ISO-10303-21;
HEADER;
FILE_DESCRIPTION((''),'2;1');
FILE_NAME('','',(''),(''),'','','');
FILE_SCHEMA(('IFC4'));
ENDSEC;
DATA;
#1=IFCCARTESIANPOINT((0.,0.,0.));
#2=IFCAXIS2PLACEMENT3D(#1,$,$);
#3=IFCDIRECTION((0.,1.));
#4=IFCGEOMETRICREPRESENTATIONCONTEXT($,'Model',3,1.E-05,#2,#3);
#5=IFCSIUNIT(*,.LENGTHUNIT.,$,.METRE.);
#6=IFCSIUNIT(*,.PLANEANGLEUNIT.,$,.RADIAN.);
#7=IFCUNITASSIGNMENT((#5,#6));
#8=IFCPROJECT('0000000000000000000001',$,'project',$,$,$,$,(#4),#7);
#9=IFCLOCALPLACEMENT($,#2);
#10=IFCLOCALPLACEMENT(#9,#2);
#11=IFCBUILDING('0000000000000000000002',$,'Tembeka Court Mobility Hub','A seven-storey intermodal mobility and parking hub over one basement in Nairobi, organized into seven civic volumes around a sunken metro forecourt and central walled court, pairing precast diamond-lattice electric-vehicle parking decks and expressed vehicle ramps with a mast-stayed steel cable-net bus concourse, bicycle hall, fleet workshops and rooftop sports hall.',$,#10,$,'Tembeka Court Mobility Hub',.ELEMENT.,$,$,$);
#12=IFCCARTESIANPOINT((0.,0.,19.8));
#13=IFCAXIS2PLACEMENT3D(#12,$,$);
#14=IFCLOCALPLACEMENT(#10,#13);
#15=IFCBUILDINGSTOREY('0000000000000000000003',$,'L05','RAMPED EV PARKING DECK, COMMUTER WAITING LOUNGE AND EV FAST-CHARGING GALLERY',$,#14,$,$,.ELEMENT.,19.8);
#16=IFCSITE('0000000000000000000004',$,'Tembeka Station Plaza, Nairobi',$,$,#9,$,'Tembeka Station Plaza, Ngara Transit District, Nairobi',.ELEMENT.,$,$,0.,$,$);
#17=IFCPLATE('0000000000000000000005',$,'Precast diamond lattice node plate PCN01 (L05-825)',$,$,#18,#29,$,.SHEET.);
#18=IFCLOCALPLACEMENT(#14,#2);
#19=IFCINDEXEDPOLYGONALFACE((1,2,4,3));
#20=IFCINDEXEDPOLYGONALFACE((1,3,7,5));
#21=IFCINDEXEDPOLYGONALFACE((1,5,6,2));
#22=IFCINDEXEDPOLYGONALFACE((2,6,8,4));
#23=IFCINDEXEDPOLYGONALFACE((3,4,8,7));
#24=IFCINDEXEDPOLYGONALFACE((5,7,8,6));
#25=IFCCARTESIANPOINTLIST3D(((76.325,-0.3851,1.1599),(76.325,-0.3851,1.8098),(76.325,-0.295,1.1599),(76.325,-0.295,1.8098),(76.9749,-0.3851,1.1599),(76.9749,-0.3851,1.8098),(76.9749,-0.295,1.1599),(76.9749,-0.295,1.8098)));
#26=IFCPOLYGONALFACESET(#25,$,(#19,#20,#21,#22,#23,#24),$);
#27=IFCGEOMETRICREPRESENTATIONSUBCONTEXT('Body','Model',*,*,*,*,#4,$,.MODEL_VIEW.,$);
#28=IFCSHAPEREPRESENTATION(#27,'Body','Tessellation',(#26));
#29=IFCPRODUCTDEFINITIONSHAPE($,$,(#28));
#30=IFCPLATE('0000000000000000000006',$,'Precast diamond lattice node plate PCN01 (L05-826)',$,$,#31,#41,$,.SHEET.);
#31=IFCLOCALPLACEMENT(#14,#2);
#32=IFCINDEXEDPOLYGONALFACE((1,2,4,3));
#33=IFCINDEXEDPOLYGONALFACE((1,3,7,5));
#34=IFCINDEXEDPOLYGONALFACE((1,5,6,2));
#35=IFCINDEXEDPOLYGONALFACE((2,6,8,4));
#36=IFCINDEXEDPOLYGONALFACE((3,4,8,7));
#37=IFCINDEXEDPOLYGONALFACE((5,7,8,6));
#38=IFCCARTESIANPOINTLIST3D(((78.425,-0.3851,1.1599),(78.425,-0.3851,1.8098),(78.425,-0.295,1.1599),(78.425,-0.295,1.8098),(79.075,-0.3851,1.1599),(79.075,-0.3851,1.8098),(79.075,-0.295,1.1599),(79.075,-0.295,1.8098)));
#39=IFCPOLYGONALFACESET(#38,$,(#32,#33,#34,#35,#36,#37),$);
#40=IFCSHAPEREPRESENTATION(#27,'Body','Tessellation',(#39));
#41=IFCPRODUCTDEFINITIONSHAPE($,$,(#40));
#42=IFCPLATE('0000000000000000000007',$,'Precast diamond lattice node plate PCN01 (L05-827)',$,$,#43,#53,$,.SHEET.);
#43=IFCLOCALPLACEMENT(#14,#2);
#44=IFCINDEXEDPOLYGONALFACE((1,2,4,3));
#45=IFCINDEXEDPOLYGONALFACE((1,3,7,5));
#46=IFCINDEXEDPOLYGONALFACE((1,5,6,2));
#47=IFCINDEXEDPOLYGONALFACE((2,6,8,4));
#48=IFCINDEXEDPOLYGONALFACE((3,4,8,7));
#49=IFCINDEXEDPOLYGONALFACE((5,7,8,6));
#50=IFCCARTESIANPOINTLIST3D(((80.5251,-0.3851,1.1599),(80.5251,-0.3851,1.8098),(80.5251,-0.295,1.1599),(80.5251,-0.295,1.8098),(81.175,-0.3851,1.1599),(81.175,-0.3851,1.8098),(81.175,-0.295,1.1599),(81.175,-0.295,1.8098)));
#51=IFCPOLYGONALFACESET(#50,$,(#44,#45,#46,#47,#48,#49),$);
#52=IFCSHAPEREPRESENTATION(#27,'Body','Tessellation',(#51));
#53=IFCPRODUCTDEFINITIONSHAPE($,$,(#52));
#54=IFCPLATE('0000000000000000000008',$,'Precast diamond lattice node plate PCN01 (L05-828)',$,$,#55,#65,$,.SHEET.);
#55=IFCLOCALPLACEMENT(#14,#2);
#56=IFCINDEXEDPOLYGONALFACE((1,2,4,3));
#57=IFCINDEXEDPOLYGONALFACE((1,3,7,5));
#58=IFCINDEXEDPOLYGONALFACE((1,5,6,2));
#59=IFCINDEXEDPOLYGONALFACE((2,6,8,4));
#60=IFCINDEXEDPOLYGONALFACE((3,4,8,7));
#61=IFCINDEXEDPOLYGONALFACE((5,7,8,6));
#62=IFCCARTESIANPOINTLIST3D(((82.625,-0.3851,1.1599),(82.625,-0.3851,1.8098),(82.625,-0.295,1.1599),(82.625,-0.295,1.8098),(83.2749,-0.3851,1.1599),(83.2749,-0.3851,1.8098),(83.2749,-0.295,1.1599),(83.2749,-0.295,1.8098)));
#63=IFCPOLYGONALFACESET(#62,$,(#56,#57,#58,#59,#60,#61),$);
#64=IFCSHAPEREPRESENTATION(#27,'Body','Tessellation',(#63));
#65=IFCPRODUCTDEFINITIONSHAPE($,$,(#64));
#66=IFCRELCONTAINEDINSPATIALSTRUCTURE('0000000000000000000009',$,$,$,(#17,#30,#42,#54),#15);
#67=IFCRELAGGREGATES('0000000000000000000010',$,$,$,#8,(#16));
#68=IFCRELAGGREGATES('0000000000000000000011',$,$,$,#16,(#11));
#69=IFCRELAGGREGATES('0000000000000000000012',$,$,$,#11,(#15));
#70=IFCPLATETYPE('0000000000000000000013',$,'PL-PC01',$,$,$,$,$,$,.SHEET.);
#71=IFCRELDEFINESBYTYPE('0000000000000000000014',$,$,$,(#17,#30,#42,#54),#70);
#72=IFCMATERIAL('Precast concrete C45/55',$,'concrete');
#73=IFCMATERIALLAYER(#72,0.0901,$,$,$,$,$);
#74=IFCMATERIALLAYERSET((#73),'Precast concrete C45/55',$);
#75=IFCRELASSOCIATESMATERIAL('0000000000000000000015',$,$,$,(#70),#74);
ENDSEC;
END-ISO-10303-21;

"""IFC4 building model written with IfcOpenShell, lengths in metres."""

from ifc_helpers import new_model, si_unit, direction, frame, origin, origin_2d, place, context, subcontext, project, spatial, rectangle, extrude, material, layer, layer_set, type_object, element, save


model = new_model("IFC4")

# Units and contexts
model_context = context("Model", 3, precision=1e-05, world=origin(), true_north=direction((0.0, 1.0)))
body_context = subcontext(model_context, "Body", "Model", "MODEL_VIEW")
ifc_project = project(units=[si_unit("LENGTHUNIT", "METRE"), si_unit("PLANEANGLEUNIT", "RADIAN")], contexts=[model_context])

# Site, building, storey
site_placement = place(None, origin())
site = spatial("IfcSite", under=ifc_project, at=site_placement, Name="Tembeka Station Plaza, Nairobi", LongName="Tembeka Station Plaza, Ngara Transit District, Nairobi", CompositionType="ELEMENT", RefElevation=0.0)
building_placement = place(site_placement, origin())
building = spatial("IfcBuilding", under=site, at=building_placement, Name="Tembeka Court Mobility Hub", Description="A seven-storey intermodal mobility and parking hub over one basement in Nairobi, organized into seven civic volumes around a sunken metro forecourt and central walled court, pairing precast diamond-lattice electric-vehicle parking decks and expressed vehicle ramps with a mast-stayed steel cable-net bus concourse, bicycle hall, fleet workshops and rooftop sports hall.", LongName="Tembeka Court Mobility Hub", CompositionType="ELEMENT")
storey_placement = place(building_placement, frame((0.0, 0.0, 19.8)))
storey = spatial("IfcBuildingStorey", under=building, at=storey_placement, Name="L05", Description="RAMPED EV PARKING DECK, COMMUTER WAITING LOUNGE AND EV FAST-CHARGING GALLERY", CompositionType="ELEMENT", Elevation=19.8)

# Shared definitions
ifc_material_1 = material(Name="Precast concrete C45/55", Category="concrete")

# Plates
ifc_layer = layer(ifc_material_1, 0.0901)
ifc_layer_set = layer_set([ifc_layer], Name="Precast concrete C45/55")
plate_type = type_object("IfcPlateType", Name="PL-PC01", PredefinedType="SHEET", material=ifc_layer_set)
for number, where, z_axis, x_axis, name in (
    (1, (76.6499, -0.3401, 1.1599), (0.0, 0.0, 1.0), (1.0, 0.0, 0.0), "Precast diamond lattice node plate PCN01 (L05-825)"),
    (2, (78.75, -0.3401, 1.1599), (0.0, 0.0, 1.0), (1.0, 0.0, 0.0), "Precast diamond lattice node plate PCN01 (L05-826)"),
    (3, (80.8501, -0.3401, 1.1599), (0.0, 0.0, 1.0), (1.0, 0.0, 0.0), "Precast diamond lattice node plate PCN01 (L05-827)"),
    (4, (82.95, -0.3401, 1.1599), (0.0, 0.0, 1.0), (1.0, 0.0, 0.0), "Precast diamond lattice node plate PCN01 (L05-828)"),
):
    element("IfcPlate", number, at=place(storey_placement, frame(where, z_axis=z_axis, x_axis=x_axis)), inside=storey, type_object=plate_type, Name=name, PredefinedType="SHEET", context=body_context, shape_type="SweptSolid", body=[
        extrude(rectangle(XDim=0.6499, YDim=0.0901, at=origin_2d()), origin(), (0.0, 0.0, 1.0), 0.6499),
    ])

save(model, "model.ifc")
